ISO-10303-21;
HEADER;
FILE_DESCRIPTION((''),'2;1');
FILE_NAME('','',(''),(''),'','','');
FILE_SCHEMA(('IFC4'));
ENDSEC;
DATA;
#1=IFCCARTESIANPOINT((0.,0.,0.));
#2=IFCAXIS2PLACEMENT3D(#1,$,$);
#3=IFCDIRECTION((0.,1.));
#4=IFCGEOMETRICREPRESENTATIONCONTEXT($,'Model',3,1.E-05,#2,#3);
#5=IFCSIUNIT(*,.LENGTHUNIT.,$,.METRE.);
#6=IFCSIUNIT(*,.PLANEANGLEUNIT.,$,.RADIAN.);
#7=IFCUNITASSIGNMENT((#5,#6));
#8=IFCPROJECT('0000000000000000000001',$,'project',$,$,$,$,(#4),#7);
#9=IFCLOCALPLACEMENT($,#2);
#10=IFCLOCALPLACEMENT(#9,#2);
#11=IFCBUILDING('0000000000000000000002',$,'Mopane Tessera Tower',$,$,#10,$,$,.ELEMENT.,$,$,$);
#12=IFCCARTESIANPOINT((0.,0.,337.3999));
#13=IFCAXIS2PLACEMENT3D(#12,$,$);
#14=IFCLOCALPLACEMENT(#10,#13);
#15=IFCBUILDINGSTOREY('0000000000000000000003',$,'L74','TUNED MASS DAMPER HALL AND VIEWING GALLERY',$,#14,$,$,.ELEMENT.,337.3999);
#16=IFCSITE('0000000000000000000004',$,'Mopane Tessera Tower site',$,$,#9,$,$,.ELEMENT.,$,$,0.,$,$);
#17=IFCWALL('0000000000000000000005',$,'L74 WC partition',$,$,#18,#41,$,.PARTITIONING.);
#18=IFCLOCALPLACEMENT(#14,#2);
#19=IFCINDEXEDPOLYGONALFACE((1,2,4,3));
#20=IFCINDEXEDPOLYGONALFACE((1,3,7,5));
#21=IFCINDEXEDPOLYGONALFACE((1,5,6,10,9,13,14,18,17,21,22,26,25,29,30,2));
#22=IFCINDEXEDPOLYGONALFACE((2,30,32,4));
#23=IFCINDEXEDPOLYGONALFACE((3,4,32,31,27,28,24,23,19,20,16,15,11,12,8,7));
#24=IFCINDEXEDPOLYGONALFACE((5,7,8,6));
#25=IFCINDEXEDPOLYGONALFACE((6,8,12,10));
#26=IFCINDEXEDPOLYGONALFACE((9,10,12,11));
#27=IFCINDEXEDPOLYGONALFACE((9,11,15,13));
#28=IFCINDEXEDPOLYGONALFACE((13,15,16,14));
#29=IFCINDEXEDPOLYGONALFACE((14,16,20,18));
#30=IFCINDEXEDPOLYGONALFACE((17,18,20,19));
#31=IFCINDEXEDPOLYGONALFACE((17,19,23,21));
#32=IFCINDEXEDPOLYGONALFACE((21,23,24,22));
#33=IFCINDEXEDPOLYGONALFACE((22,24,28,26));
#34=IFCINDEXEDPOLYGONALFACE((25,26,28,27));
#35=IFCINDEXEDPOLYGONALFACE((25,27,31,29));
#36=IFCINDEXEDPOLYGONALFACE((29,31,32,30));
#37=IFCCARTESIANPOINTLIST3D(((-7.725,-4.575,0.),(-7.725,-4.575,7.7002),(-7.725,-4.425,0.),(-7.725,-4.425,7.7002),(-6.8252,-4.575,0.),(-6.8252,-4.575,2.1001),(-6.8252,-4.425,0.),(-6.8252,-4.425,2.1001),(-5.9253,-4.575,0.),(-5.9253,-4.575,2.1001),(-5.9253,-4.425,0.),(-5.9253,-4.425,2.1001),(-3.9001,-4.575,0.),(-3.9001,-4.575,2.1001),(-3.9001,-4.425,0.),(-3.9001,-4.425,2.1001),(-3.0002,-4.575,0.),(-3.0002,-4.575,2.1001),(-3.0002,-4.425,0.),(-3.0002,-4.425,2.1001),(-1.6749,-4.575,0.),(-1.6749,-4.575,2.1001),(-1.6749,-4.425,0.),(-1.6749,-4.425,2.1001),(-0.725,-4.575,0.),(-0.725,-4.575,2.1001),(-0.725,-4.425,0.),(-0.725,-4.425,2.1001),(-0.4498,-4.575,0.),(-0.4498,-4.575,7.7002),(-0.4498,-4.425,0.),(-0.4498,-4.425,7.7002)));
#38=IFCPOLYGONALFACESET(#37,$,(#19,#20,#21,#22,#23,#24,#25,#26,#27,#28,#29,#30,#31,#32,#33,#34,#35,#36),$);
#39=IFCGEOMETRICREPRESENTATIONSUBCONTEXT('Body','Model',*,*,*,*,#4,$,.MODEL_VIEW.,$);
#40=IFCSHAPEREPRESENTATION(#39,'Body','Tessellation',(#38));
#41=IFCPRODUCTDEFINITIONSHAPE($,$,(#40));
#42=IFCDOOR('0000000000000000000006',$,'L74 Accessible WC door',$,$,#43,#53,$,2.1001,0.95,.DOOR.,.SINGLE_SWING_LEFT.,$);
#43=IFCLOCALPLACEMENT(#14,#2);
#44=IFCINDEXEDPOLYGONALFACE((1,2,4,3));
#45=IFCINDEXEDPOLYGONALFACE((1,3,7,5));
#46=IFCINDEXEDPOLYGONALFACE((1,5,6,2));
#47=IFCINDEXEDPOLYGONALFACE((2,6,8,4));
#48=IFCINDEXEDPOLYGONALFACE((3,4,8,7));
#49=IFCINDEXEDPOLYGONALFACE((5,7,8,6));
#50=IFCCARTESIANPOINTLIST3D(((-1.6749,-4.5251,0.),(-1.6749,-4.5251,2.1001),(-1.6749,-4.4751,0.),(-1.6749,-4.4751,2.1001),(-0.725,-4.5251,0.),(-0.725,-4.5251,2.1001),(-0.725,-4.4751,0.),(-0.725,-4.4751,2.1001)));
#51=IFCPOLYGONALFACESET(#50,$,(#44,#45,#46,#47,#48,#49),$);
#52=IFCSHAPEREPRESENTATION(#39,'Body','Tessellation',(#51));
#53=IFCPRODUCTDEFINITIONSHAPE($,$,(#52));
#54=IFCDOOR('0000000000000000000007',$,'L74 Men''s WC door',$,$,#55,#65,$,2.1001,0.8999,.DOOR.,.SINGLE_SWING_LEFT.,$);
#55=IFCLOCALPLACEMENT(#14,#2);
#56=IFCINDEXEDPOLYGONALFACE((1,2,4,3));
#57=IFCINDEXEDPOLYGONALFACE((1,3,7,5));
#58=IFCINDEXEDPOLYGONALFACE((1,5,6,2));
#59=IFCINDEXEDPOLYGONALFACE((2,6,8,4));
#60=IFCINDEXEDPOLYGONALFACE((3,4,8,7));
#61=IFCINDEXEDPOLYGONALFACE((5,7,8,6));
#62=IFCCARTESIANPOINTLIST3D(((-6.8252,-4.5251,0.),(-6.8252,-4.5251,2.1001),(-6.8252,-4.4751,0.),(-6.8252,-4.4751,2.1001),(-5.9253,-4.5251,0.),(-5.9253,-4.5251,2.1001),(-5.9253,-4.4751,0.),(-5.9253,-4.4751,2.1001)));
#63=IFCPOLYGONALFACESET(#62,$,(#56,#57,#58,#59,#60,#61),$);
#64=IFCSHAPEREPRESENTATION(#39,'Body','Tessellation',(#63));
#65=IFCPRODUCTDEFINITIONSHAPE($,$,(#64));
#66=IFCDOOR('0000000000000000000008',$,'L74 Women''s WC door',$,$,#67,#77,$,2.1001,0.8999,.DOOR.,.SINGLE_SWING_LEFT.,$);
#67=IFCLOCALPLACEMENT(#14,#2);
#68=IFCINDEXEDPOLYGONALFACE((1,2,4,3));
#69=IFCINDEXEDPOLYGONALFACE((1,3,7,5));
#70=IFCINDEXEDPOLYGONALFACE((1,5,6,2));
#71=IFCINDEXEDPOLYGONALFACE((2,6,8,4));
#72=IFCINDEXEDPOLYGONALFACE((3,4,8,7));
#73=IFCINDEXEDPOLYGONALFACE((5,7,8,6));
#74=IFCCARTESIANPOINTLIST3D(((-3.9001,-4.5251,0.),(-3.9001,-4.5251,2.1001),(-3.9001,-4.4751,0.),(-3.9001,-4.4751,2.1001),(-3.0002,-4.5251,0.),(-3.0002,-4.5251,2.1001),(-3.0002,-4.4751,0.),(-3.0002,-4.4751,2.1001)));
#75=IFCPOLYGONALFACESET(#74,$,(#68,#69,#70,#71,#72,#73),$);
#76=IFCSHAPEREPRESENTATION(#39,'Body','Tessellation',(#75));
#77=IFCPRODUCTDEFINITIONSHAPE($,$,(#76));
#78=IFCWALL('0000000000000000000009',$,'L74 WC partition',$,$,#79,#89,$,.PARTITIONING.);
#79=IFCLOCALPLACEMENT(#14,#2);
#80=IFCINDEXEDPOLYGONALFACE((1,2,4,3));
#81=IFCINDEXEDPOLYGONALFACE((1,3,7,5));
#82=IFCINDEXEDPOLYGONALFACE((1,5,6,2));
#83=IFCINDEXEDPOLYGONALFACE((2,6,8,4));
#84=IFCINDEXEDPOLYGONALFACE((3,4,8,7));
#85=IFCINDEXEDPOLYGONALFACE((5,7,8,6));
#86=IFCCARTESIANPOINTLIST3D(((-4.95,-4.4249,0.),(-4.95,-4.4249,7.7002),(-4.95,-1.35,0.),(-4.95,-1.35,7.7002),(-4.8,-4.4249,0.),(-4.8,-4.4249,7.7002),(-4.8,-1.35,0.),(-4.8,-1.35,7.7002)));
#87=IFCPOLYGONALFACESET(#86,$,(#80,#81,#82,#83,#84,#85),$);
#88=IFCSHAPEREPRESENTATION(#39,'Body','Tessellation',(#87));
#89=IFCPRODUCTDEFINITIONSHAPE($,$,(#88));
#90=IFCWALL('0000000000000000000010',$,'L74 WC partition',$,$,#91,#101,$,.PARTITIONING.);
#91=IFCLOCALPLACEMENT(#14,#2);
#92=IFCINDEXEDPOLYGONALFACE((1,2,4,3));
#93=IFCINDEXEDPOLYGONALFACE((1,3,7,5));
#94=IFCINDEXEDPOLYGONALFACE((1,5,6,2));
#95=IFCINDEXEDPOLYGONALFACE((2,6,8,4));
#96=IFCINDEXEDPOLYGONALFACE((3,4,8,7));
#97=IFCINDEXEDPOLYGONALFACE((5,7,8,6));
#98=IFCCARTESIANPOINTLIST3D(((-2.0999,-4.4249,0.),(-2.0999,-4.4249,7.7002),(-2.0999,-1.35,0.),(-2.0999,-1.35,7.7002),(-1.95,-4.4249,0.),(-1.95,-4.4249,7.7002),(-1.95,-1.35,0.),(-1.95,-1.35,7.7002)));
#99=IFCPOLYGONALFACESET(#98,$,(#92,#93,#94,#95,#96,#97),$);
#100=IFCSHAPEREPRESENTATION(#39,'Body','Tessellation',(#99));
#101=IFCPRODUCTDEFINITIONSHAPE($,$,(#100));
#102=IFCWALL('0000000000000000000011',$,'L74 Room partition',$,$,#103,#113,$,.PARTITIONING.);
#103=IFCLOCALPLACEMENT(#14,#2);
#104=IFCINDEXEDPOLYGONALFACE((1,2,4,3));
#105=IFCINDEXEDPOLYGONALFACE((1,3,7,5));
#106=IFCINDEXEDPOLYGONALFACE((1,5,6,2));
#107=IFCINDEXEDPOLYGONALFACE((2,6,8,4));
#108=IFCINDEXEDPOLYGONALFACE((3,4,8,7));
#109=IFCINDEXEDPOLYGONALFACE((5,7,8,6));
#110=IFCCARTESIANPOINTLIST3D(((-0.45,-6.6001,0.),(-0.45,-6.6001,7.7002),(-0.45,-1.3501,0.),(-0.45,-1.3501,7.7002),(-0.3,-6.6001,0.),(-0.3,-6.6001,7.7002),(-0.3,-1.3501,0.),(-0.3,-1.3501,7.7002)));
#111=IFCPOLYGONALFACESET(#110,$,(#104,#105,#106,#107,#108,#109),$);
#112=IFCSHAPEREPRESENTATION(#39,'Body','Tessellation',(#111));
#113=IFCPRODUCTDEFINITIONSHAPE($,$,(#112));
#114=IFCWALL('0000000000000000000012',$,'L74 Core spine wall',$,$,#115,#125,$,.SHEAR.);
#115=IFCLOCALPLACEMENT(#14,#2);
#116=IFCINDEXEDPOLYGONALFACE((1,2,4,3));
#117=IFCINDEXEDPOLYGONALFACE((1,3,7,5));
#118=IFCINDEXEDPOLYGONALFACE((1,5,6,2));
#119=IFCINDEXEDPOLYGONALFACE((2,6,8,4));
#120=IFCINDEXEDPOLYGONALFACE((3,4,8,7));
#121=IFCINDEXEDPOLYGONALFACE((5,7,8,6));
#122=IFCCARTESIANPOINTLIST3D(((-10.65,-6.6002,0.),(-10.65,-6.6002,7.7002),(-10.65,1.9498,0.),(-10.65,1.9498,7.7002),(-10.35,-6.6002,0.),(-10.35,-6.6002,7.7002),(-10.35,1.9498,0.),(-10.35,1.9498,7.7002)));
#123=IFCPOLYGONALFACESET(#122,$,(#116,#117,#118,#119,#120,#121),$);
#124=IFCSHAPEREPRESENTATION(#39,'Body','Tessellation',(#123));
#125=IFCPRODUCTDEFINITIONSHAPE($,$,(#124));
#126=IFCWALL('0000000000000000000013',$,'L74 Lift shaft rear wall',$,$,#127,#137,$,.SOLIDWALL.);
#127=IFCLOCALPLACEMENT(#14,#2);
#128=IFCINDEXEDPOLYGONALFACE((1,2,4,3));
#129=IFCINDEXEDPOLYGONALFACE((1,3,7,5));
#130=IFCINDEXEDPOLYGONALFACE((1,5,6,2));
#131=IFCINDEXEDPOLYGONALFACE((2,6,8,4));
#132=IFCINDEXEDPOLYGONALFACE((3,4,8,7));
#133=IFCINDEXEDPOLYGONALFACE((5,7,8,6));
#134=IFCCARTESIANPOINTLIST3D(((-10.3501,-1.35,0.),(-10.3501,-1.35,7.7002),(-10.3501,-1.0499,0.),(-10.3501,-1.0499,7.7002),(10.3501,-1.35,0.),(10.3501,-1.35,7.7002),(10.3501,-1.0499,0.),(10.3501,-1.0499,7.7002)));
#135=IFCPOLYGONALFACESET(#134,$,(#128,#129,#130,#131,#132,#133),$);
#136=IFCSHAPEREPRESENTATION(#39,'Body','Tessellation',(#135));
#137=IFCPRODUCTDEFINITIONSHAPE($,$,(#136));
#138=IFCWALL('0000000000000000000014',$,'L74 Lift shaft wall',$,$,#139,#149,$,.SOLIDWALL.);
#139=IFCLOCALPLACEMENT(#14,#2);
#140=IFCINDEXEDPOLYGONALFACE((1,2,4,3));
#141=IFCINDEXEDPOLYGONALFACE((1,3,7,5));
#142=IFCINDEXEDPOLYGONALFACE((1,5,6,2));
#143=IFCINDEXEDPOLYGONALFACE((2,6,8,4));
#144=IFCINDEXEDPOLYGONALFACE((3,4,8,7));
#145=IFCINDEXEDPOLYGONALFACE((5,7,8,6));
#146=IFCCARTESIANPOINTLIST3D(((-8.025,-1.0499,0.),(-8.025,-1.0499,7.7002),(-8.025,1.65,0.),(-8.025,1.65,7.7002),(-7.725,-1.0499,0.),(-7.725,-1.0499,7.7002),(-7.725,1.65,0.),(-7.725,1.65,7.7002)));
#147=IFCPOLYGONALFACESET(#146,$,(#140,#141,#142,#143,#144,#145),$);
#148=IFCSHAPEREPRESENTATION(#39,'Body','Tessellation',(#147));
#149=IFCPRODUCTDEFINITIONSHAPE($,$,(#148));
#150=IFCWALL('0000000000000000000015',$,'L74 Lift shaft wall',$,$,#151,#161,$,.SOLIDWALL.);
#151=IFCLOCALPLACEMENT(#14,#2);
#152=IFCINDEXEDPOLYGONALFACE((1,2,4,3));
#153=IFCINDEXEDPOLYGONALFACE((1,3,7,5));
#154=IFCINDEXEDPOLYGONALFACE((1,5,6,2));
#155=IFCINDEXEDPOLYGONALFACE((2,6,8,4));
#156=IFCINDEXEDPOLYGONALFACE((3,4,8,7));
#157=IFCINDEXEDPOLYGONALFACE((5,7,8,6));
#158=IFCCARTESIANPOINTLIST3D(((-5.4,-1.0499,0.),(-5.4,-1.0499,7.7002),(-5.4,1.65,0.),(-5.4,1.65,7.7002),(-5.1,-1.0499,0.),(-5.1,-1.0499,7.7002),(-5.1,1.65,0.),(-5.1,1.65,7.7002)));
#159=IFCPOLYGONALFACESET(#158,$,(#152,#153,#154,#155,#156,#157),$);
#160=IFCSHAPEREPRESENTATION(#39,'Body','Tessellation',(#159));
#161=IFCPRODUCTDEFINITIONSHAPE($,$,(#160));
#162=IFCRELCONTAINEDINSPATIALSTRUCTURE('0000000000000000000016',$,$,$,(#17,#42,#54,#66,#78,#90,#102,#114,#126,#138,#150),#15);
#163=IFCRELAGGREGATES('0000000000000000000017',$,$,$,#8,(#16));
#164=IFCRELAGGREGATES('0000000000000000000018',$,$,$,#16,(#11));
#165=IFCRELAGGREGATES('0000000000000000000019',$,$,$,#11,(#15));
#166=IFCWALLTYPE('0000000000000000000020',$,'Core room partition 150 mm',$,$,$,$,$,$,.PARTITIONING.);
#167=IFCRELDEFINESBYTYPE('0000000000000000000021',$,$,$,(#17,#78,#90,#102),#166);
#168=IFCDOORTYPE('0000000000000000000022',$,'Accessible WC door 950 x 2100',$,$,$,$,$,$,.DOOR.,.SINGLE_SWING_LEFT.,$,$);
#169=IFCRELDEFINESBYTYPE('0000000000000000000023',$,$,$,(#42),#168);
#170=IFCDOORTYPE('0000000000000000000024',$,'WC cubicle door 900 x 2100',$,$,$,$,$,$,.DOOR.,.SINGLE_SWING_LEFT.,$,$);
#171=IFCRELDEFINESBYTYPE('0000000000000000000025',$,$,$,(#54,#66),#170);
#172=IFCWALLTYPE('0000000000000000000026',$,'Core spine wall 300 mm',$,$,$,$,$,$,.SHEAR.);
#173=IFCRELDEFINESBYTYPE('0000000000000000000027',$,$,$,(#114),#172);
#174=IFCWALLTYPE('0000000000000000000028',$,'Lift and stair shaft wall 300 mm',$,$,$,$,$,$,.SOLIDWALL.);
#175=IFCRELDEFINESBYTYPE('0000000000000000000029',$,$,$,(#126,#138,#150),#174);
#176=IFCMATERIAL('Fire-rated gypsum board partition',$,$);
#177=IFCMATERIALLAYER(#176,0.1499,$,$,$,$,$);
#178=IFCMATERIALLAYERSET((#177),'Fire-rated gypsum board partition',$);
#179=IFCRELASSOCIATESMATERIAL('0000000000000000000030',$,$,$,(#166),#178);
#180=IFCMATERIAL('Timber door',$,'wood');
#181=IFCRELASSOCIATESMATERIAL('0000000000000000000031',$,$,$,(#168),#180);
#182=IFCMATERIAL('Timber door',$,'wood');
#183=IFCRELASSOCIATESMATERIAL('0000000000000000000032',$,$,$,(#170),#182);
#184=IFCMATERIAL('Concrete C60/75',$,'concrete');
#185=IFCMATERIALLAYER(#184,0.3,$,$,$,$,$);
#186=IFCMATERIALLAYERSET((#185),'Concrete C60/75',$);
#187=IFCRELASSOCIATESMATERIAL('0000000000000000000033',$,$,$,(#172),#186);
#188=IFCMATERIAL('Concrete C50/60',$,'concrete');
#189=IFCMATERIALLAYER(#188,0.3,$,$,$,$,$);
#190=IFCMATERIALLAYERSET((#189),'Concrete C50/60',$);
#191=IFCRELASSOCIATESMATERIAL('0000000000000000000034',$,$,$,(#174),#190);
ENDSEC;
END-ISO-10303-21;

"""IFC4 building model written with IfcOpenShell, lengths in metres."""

from ifc_helpers import new_model, si_unit, direction, frame, frame_2d, origin, place, context, subcontext, project, spatial, rectangle, extrude, material, layer, layer_set, type_object, element, fill, save


model = new_model("IFC4")

# Units and contexts
model_context = context("Model", 3, precision=1e-05, world=origin(), true_north=direction((0.0, 1.0)))
body_context = subcontext(model_context, "Body", "Model", "MODEL_VIEW")
ifc_project = project(units=[si_unit("LENGTHUNIT", "METRE"), si_unit("PLANEANGLEUNIT", "RADIAN")], contexts=[model_context])

# Site, building, storey
site_placement = place(None, origin())
site = spatial("IfcSite", under=ifc_project, at=site_placement, Name="Mopane Tessera Tower site", CompositionType="ELEMENT", RefElevation=0.0)
building_placement = place(site_placement, origin())
building = spatial("IfcBuilding", under=site, at=building_placement, Name="Mopane Tessera Tower", CompositionType="ELEMENT")
storey_placement = place(building_placement, frame((0.0, 0.0, 337.3999)))
storey = spatial("IfcBuildingStorey", under=building, at=storey_placement, Name="L74", Description="TUNED MASS DAMPER HALL AND VIEWING GALLERY", CompositionType="ELEMENT", Elevation=337.3999)

# Shared definitions
ifc_material_1 = material(Name="Fire-rated gypsum board partition")
ifc_layer_1 = layer(ifc_material_1, 0.1499)
ifc_layer_set_1 = layer_set([ifc_layer_1], Name="Fire-rated gypsum board partition")
wall_type_1 = type_object("IfcWallType", Name="Core room partition 150 mm", PredefinedType="PARTITIONING", material=ifc_layer_set_1)

# Wall, openings, doors
wall_1_placement = place(storey_placement, frame((-7.7251, -4.5, 0.0), z_axis=(0.0, 0.0, 1.0), x_axis=(1.0, 0.0, 0.0)))
wall_1 = element("IfcWall", 1, at=wall_1_placement, inside=storey, type_object=wall_type_1, Name="L74 WC partition", PredefinedType="PARTITIONING", context=body_context, shape_type="SweptSolid", body=[
    extrude(rectangle(XDim=7.2751, YDim=0.1499, at=frame_2d((3.6377, 0.0))), origin(), (0.0, 0.0, 1.0), 7.7002),
])
opening_1_placement = place(wall_1_placement, frame((0.8999, 0.0, 0.0)))
opening_1 = element("IfcOpeningElement", 2, at=opening_1_placement, cuts=wall_1, PredefinedType="OPENING", context=body_context, shape_type="SweptSolid", body=[
    extrude(rectangle(XDim=0.8999, YDim=2.1001, at=frame_2d((0.45, 1.05))), frame((0.0, 0.0869, 0.0), z_axis=(0.0, -1.0, 0.0), x_axis=(1.0, 0.0, 0.0)), (0.0, 0.0, 1.0), 0.1738),
])
opening_2_placement = place(wall_1_placement, frame((3.825, 0.0, 0.0)))
opening_2 = element("IfcOpeningElement", 3, at=opening_2_placement, cuts=wall_1, PredefinedType="OPENING", context=body_context, shape_type="SweptSolid", body=[
    extrude(rectangle(XDim=0.8999, YDim=2.1001, at=frame_2d((0.45, 1.05))), frame((0.0, 0.0869, 0.0), z_axis=(0.0, -1.0, 0.0), x_axis=(1.0, 0.0, 0.0)), (0.0, 0.0, 1.0), 0.1738),
])
opening_3_placement = place(wall_1_placement, frame((6.05, 0.0, 0.0)))
opening_3 = element("IfcOpeningElement", 4, at=opening_3_placement, cuts=wall_1, PredefinedType="OPENING", context=body_context, shape_type="SweptSolid", body=[
    extrude(rectangle(XDim=0.95, YDim=2.1001, at=frame_2d((0.4751, 1.05))), frame((0.0, 0.0869, 0.0), z_axis=(0.0, -1.0, 0.0), x_axis=(1.0, 0.0, 0.0)), (0.0, 0.0, 1.0), 0.1738),
])
ifc_material_2 = material(Name="Timber door", Category="wood")
door_type_1 = type_object("IfcDoorType", Name="Accessible WC door 950 x 2100", OperationType="SINGLE_SWING_LEFT", PredefinedType="DOOR", material=ifc_material_2)
door_1_placement = place(opening_3_placement, origin())
door_1 = element("IfcDoor", 5, at=door_1_placement, inside=storey, type_object=door_type_1, Name="L74 Accessible WC door", OperationType="SINGLE_SWING_LEFT", OverallHeight=2.1001, OverallWidth=0.95, PredefinedType="DOOR", context=body_context, shape_type="SweptSolid", body=[
    extrude(rectangle(XDim=0.95, YDim=2.1001, at=frame_2d((0.4751, 1.05))), frame((0.0, 0.0249, 0.0), z_axis=(0.0, -1.0, 0.0), x_axis=(1.0, 0.0, 0.0)), (0.0, 0.0, 1.0), 0.05),
])
fill(opening_3, door_1)
ifc_material_3 = material(Name="Timber door", Category="wood")
door_type_2 = type_object("IfcDoorType", Name="WC cubicle door 900 x 2100", OperationType="SINGLE_SWING_LEFT", PredefinedType="DOOR", material=ifc_material_3)
door_2_placement = place(opening_1_placement, origin())
door_2 = element("IfcDoor", 6, at=door_2_placement, inside=storey, type_object=door_type_2, Name="L74 Men's WC door", OperationType="SINGLE_SWING_LEFT", OverallHeight=2.1001, OverallWidth=0.8999, PredefinedType="DOOR", context=body_context, shape_type="SweptSolid", body=[
    extrude(rectangle(XDim=0.8999, YDim=2.1001, at=frame_2d((0.45, 1.05))), frame((0.0, 0.0249, 0.0), z_axis=(0.0, -1.0, 0.0), x_axis=(1.0, 0.0, 0.0)), (0.0, 0.0, 1.0), 0.05),
])
fill(opening_1, door_2)
door_3_placement = place(opening_2_placement, origin())
door_3 = element("IfcDoor", 7, at=door_3_placement, inside=storey, type_object=door_type_2, Name="L74 Women's WC door", OperationType="SINGLE_SWING_LEFT", OverallHeight=2.1001, OverallWidth=0.8999, PredefinedType="DOOR", context=body_context, shape_type="SweptSolid", body=[
    extrude(rectangle(XDim=0.8999, YDim=2.1001, at=frame_2d((0.45, 1.05))), frame((0.0, 0.0249, 0.0), z_axis=(0.0, -1.0, 0.0), x_axis=(1.0, 0.0, 0.0)), (0.0, 0.0, 1.0), 0.05),
])
fill(opening_2, door_3)

# Walls
for number, where, z_axis, x_axis, name in (
    (8, (-4.875, -4.425, 0.0), (0.0, 0.0, 1.0), (0.0, 1.0, 0.0), "L74 WC partition"),
    (9, (-2.0249, -4.425, 0.0), (0.0, 0.0, 1.0), (0.0, 1.0, 0.0), "L74 WC partition"),
):
    element("IfcWall", number, at=place(storey_placement, frame(where, z_axis=z_axis, x_axis=x_axis)), inside=storey, type_object=wall_type_1, Name=name, PredefinedType="PARTITIONING", context=body_context, shape_type="SweptSolid", body=[
        extrude(rectangle(XDim=3.075, YDim=0.1499, at=frame_2d((1.5376, 0.0))), origin(), (0.0, 0.0, 1.0), 7.7002),
    ])
wall_2_placement = place(storey_placement, frame((-0.375, -6.6001, 0.0), z_axis=(0.0, 0.0, 1.0), x_axis=(0.0, 1.0, 0.0)))
element("IfcWall", 10, at=wall_2_placement, inside=storey, type_object=wall_type_1, Name="L74 Room partition", PredefinedType="PARTITIONING", context=body_context, shape_type="SweptSolid", body=[
    extrude(rectangle(XDim=5.25, YDim=0.1499, at=frame_2d((2.625, 0.0))), origin(), (0.0, 0.0, 1.0), 7.7002),
])
ifc_material_4 = material(Name="Concrete C60/75", Category="concrete")
ifc_layer_2 = layer(ifc_material_4, 0.3)
ifc_layer_set_2 = layer_set([ifc_layer_2], Name="Concrete C60/75")
wall_type_2 = type_object("IfcWallType", Name="Core spine wall 300 mm", PredefinedType="SHEAR", material=ifc_layer_set_2)
wall_3_placement = place(storey_placement, frame((-10.5, -6.6001, 0.0), z_axis=(0.0, 0.0, 1.0), x_axis=(0.0, 1.0, 0.0)))
element("IfcWall", 11, at=wall_3_placement, inside=storey, type_object=wall_type_2, Name="L74 Core spine wall", PredefinedType="SHEAR", context=body_context, shape_type="SweptSolid", body=[
    extrude(rectangle(XDim=8.55, YDim=0.3, at=frame_2d((4.2749, 0.0))), origin(), (0.0, 0.0, 1.0), 7.7002),
])
ifc_material_5 = material(Name="Concrete C50/60", Category="concrete")
ifc_layer_3 = layer(ifc_material_5, 0.3)
ifc_layer_set_3 = layer_set([ifc_layer_3], Name="Concrete C50/60")
wall_type_3 = type_object("IfcWallType", Name="Lift and stair shaft wall 300 mm", PredefinedType="SOLIDWALL", material=ifc_layer_set_3)
wall_4_placement = place(storey_placement, frame((-10.3501, -1.2, 0.0), z_axis=(0.0, 0.0, 1.0), x_axis=(1.0, 0.0, 0.0)))
element("IfcWall", 12, at=wall_4_placement, inside=storey, type_object=wall_type_3, Name="L74 Lift shaft rear wall", PredefinedType="SOLIDWALL", context=body_context, shape_type="SweptSolid", body=[
    extrude(rectangle(XDim=20.7002, YDim=0.3, at=frame_2d((10.3501, 0.0))), origin(), (0.0, 0.0, 1.0), 7.7002),
])
for number, where, z_axis, x_axis, name in (
    (13, (-7.875, -1.05, 0.0), (0.0, 0.0, 1.0), (0.0, 1.0, 0.0), "L74 Lift shaft wall"),
    (14, (-5.25, -1.05, 0.0), (0.0, 0.0, 1.0), (0.0, 1.0, 0.0), "L74 Lift shaft wall"),
):
    element("IfcWall", number, at=place(storey_placement, frame(where, z_axis=z_axis, x_axis=x_axis)), inside=storey, type_object=wall_type_3, Name=name, PredefinedType="SOLIDWALL", context=body_context, shape_type="SweptSolid", body=[
        extrude(rectangle(XDim=2.7, YDim=0.3, at=frame_2d((1.3501, 0.0))), origin(), (0.0, 0.0, 1.0), 7.7002),
    ])

save(model, "model.ifc")
